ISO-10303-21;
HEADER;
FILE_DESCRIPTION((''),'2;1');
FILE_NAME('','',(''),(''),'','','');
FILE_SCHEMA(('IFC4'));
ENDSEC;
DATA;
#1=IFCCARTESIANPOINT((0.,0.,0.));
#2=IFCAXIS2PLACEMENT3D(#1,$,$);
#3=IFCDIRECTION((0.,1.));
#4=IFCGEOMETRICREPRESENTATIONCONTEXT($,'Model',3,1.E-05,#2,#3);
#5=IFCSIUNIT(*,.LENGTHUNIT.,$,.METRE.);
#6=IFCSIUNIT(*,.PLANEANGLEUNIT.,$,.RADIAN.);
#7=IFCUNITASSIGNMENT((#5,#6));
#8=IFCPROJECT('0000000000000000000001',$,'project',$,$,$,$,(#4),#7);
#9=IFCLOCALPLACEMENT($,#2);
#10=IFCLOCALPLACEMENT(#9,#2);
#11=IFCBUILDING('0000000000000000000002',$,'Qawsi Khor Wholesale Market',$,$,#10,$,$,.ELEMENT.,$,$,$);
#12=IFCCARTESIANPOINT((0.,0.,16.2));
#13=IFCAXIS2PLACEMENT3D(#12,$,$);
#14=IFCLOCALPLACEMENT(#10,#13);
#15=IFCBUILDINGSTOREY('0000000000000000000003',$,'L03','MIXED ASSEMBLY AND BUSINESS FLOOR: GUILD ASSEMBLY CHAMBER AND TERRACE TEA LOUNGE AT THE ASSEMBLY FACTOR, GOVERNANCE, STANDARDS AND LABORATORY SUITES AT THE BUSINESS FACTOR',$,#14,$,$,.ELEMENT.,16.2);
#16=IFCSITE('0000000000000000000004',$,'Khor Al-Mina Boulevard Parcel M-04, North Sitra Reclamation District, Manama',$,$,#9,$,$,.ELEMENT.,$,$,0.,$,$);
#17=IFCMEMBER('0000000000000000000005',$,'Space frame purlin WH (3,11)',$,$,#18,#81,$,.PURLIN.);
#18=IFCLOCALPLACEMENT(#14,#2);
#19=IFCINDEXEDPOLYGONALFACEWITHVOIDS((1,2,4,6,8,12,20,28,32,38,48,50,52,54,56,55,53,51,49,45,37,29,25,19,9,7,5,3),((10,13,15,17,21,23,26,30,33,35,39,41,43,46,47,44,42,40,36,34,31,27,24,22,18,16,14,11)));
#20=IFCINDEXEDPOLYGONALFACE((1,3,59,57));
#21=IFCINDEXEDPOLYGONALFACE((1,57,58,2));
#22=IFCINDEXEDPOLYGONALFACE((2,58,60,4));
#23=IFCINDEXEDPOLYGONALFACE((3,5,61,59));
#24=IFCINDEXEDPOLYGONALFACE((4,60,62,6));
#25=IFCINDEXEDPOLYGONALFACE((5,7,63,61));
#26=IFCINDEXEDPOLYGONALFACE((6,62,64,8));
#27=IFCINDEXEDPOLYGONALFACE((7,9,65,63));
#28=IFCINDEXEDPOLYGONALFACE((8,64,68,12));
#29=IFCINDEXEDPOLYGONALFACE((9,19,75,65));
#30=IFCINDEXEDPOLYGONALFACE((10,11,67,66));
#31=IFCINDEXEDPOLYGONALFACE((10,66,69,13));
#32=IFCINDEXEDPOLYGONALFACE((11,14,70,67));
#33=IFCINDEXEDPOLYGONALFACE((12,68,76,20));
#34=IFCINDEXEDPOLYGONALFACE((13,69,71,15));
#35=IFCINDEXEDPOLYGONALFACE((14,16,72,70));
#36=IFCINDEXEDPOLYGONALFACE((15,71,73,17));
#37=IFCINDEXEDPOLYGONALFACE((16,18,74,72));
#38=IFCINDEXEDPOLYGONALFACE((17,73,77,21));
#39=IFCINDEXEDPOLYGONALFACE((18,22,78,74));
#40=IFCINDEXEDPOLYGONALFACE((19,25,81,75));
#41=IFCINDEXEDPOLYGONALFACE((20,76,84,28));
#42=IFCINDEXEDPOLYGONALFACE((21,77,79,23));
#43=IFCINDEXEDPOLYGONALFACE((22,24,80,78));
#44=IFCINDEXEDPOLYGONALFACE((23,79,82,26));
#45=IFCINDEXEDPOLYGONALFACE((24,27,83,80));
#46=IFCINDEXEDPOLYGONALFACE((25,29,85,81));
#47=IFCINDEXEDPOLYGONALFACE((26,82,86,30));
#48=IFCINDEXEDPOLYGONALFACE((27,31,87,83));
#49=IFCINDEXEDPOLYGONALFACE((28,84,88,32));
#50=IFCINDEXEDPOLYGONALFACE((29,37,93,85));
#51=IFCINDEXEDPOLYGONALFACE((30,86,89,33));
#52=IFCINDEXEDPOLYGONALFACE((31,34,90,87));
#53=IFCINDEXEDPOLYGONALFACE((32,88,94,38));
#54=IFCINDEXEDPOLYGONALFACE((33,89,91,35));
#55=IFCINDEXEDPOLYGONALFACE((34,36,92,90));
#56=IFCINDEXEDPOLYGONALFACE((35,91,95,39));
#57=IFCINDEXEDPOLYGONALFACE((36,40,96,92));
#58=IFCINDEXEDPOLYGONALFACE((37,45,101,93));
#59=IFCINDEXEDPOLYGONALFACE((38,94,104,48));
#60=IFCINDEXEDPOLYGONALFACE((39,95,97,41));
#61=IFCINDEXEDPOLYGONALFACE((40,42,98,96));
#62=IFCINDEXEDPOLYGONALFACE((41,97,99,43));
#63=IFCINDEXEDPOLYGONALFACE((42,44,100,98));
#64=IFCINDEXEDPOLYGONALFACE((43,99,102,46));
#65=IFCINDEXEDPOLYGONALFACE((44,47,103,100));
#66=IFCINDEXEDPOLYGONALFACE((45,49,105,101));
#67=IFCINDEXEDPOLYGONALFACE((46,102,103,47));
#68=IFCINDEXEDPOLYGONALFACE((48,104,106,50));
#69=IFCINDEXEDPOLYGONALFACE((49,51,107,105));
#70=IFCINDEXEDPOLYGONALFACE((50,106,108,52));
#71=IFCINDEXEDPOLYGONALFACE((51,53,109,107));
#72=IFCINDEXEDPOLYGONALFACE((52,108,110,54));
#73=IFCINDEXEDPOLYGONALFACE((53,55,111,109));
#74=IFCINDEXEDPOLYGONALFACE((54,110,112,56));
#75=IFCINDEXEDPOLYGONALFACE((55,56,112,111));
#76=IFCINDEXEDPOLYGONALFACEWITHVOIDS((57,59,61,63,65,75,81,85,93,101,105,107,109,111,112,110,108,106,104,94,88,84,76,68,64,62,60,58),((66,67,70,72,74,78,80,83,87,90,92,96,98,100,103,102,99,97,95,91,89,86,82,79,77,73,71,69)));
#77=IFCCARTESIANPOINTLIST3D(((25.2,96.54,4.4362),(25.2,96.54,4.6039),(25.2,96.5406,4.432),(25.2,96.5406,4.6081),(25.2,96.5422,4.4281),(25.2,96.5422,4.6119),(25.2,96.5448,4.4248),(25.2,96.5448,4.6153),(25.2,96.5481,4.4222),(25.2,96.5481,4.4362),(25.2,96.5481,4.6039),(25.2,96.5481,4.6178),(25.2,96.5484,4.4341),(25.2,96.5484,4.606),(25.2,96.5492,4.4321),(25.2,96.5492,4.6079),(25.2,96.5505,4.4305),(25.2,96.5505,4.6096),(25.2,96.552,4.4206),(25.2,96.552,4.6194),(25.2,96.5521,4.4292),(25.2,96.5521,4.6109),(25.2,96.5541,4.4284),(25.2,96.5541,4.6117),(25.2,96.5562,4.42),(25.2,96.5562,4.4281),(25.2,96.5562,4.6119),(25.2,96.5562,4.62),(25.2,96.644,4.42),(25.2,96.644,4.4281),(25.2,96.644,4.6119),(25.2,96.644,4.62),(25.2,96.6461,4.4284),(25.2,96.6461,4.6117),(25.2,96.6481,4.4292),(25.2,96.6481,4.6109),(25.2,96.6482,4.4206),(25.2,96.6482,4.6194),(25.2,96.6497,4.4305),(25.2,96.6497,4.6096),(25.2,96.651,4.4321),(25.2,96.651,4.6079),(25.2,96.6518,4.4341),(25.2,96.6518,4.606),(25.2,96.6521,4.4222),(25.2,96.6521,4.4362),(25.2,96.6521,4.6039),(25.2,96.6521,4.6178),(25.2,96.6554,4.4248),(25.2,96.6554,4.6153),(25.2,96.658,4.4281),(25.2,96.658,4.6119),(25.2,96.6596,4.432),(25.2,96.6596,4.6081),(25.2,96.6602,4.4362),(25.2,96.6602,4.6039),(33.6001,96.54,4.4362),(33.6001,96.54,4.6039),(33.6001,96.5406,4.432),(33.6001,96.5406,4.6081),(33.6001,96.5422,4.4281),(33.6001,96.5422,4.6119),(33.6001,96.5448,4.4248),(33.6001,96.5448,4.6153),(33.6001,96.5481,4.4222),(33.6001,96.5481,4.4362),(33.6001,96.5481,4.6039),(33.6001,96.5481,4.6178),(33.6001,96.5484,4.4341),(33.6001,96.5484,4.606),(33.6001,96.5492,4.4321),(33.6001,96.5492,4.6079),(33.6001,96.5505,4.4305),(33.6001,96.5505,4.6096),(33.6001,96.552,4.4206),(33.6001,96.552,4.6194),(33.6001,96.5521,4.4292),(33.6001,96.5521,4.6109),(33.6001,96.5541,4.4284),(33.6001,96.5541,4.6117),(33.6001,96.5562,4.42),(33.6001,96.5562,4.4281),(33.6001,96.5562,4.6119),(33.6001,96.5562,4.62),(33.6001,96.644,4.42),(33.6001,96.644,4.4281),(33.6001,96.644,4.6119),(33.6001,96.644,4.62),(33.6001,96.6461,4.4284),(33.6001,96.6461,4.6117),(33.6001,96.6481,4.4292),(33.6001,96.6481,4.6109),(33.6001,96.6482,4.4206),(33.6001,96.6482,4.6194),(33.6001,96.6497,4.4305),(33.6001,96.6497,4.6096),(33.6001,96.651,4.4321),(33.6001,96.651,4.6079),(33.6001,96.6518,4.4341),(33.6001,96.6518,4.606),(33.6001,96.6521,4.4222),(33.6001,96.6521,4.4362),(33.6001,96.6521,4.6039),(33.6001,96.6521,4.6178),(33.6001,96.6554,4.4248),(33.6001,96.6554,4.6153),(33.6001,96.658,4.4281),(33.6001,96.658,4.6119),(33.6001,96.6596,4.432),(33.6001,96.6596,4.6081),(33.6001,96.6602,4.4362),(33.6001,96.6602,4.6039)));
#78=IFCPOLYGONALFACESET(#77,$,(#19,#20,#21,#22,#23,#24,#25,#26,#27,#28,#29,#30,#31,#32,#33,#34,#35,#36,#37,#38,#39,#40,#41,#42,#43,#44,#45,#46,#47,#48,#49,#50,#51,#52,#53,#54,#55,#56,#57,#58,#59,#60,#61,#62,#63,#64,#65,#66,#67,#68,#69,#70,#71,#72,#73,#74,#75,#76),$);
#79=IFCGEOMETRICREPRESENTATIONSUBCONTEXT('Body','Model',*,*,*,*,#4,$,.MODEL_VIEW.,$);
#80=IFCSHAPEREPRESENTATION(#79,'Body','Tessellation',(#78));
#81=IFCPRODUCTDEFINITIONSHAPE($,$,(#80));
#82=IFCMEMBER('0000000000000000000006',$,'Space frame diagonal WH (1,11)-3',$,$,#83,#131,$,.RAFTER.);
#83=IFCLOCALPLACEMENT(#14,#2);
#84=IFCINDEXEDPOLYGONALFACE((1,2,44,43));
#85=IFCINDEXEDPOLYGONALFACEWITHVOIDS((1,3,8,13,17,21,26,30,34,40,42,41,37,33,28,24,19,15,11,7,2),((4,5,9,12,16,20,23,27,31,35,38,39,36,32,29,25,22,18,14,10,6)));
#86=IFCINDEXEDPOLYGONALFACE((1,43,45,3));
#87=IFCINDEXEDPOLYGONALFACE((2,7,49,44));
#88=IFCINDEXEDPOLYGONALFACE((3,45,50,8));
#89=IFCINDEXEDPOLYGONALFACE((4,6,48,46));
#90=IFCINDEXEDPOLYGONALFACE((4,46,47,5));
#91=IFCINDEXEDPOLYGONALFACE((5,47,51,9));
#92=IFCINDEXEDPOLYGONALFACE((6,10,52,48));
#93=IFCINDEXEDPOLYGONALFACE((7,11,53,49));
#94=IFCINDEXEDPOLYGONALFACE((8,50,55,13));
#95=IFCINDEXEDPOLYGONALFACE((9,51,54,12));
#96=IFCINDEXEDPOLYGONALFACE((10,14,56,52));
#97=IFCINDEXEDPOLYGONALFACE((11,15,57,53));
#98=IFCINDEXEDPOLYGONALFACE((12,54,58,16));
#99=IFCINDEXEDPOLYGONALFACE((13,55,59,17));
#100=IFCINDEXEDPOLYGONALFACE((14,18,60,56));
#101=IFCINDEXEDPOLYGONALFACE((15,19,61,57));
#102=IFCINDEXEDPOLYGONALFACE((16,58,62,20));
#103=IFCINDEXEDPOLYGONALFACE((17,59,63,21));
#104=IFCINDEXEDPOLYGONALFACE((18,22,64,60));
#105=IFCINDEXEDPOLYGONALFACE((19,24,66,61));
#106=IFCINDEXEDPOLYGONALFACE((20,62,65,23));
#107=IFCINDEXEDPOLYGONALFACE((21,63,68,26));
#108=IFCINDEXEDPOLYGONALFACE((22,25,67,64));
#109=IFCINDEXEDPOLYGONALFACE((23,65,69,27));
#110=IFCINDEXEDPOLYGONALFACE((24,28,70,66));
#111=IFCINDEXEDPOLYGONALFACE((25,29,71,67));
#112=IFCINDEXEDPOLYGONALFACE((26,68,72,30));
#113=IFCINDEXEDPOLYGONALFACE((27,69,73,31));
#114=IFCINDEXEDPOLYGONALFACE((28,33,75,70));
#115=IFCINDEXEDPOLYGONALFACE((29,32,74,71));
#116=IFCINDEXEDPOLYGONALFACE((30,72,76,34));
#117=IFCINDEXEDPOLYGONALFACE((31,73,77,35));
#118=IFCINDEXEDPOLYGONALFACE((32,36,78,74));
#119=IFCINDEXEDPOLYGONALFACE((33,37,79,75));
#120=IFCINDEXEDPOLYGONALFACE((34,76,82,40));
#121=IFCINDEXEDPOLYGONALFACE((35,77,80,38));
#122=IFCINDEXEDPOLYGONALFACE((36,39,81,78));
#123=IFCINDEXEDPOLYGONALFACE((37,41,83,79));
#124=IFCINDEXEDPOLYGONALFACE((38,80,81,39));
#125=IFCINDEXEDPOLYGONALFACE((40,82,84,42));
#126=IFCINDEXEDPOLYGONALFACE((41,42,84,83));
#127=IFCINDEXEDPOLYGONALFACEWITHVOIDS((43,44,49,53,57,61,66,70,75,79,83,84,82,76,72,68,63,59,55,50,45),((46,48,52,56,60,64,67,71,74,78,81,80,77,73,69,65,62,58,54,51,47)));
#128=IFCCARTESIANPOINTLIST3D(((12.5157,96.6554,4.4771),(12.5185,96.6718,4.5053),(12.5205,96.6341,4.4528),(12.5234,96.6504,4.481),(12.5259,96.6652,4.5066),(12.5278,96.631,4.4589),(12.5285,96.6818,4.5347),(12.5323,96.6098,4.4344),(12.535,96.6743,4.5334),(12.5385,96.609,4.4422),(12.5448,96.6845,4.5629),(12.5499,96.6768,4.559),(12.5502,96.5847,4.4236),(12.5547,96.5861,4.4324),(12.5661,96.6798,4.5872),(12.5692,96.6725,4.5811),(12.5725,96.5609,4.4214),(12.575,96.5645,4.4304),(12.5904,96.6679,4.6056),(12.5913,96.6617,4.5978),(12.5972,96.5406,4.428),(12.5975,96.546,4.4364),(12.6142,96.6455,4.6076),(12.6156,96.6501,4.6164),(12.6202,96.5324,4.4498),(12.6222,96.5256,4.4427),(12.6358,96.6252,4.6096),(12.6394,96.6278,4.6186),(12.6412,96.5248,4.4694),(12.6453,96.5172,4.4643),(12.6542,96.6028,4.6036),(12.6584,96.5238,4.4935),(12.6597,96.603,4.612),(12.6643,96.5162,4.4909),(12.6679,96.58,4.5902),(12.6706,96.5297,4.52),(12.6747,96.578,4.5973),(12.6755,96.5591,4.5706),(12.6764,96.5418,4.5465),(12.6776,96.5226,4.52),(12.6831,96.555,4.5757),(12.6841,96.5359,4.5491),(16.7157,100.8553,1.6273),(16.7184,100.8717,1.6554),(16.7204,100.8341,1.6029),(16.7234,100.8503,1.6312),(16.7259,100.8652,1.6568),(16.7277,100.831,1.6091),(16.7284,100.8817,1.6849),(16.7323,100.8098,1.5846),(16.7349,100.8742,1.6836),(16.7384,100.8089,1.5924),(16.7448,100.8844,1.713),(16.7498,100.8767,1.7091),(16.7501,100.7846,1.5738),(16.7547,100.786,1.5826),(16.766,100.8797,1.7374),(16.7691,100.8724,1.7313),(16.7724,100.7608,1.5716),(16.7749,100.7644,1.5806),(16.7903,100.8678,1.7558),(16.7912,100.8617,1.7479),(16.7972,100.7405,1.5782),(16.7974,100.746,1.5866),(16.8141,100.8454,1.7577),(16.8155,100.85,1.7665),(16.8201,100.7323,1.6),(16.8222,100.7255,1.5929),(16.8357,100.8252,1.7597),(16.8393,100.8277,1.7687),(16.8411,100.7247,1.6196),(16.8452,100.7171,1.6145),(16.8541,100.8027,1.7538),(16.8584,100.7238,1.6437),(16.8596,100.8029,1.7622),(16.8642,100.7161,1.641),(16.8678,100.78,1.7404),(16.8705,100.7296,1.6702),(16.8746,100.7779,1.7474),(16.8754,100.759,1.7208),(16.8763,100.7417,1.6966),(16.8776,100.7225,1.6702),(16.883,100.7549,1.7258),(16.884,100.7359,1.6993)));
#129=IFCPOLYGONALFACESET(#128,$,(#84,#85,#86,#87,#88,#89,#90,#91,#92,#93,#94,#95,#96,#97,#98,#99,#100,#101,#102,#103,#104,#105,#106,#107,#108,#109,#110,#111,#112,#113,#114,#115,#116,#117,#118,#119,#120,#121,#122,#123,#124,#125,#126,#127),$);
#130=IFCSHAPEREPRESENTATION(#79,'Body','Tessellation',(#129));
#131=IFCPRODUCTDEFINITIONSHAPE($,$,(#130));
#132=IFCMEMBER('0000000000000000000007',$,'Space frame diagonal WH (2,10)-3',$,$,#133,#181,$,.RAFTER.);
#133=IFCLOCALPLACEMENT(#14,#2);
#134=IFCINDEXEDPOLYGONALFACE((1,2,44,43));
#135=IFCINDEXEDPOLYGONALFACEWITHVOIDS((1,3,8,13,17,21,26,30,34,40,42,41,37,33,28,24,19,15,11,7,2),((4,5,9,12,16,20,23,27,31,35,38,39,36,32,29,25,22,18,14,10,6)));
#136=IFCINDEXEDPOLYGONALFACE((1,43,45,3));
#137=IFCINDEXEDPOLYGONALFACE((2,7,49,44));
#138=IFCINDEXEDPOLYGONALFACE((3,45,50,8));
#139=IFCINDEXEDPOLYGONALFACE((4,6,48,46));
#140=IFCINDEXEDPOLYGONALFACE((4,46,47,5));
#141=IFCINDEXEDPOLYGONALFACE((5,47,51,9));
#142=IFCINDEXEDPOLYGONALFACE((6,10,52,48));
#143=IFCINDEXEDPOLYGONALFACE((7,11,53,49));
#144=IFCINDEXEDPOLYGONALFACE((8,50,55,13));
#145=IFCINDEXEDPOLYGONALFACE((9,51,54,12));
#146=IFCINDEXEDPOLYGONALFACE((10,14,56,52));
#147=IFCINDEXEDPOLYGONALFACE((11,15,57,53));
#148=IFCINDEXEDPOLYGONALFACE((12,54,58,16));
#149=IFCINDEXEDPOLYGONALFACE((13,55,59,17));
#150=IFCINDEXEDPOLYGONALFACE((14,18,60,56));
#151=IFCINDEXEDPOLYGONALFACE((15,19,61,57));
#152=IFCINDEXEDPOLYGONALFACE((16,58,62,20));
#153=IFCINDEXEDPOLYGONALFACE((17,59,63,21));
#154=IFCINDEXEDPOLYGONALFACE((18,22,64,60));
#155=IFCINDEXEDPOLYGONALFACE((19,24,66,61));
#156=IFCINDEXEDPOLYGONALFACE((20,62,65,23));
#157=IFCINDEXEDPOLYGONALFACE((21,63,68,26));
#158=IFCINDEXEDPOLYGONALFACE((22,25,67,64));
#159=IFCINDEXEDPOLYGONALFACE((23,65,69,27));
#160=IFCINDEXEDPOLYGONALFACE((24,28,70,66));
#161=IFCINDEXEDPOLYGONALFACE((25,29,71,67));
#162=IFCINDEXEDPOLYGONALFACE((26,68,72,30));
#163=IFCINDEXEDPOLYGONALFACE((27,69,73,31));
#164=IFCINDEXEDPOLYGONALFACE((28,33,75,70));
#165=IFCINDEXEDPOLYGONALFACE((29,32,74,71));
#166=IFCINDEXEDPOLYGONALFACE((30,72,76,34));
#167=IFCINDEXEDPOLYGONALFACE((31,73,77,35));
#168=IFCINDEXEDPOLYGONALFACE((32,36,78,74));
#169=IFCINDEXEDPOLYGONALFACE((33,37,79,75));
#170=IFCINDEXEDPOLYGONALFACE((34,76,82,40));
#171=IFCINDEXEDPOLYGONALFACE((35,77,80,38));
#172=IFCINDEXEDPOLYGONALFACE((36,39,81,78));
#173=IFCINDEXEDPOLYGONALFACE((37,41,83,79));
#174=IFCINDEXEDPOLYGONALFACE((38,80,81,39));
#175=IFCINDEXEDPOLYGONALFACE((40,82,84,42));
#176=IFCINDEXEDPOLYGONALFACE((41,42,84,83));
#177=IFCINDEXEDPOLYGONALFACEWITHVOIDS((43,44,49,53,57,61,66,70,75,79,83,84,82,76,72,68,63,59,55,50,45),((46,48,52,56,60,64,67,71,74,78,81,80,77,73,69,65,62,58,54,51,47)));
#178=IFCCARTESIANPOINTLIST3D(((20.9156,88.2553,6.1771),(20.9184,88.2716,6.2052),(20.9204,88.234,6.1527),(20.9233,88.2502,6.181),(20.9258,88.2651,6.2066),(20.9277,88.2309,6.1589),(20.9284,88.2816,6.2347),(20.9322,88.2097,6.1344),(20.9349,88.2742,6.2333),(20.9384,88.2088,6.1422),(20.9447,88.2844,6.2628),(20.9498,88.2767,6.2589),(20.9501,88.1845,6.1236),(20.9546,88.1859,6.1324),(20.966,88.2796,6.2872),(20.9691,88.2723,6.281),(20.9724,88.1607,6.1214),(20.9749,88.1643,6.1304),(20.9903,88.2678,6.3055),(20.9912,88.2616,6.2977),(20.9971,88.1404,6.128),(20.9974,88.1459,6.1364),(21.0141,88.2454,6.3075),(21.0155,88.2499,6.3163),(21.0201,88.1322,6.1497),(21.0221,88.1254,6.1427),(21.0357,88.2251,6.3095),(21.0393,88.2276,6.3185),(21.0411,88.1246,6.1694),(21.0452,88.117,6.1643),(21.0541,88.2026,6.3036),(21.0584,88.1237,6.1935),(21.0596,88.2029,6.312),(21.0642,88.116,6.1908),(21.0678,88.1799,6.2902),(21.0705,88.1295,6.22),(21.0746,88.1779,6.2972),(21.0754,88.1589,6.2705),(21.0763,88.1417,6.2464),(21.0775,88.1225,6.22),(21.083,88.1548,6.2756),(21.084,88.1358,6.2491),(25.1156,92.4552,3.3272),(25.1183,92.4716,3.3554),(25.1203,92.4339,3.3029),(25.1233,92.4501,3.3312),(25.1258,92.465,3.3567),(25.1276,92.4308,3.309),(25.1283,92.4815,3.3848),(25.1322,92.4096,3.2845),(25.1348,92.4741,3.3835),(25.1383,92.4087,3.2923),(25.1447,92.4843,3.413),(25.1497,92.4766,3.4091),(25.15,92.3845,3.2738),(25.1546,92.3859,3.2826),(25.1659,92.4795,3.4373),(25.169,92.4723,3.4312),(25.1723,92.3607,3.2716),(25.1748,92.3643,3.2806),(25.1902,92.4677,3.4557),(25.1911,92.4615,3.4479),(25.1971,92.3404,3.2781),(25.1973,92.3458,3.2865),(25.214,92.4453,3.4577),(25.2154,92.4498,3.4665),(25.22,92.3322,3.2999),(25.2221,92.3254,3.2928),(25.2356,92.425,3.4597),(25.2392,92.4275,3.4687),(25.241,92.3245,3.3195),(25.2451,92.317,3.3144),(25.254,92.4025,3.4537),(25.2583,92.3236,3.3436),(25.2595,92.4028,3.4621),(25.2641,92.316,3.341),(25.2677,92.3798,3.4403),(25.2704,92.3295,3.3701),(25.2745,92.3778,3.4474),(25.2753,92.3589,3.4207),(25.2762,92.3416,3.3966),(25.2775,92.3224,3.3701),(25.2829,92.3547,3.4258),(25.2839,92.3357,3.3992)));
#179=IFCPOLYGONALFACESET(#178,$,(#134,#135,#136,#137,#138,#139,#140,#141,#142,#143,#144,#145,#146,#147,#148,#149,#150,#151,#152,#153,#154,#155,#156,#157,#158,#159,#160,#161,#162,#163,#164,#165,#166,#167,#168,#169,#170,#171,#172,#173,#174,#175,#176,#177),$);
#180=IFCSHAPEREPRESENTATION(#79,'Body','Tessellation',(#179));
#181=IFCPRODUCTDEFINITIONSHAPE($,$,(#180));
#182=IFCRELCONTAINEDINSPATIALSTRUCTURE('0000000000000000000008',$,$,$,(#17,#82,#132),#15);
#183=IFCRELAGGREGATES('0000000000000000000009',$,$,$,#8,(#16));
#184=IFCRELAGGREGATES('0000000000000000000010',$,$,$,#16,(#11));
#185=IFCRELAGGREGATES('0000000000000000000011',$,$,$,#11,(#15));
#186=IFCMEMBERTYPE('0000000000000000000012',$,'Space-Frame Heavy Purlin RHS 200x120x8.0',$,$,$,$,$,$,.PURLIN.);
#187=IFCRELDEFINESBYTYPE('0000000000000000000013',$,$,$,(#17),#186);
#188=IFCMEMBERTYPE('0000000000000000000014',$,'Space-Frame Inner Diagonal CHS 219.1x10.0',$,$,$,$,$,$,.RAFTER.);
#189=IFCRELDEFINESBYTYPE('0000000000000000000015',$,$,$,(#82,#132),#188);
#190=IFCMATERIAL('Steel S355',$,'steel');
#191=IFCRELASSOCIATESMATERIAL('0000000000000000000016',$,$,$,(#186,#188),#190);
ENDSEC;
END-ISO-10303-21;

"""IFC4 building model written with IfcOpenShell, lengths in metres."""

from ifc_helpers import new_model, si_unit, direction, frame, origin, origin_2d, place, context, subcontext, project, spatial, hollow_rectangle, hollow_circle, extrude, material, material_profile, profile_set, type_object, element, save


model = new_model("IFC4")

# Units and contexts
model_context = context("Model", 3, precision=1e-05, world=origin(), true_north=direction((0.0, 1.0)))
body_context = subcontext(model_context, "Body", "Model", "MODEL_VIEW")
ifc_project = project(units=[si_unit("LENGTHUNIT", "METRE"), si_unit("PLANEANGLEUNIT", "RADIAN")], contexts=[model_context])

# Site, building, storey
site_placement = place(None, origin())
site = spatial("IfcSite", under=ifc_project, at=site_placement, Name="Khor Al-Mina Boulevard Parcel M-04, North Sitra Reclamation District, Manama", CompositionType="ELEMENT", RefElevation=0.0)
building_placement = place(site_placement, origin())
building = spatial("IfcBuilding", under=site, at=building_placement, Name="Qawsi Khor Wholesale Market", CompositionType="ELEMENT")
storey_placement = place(building_placement, frame((0.0, 0.0, 16.2)))
storey = spatial("IfcBuildingStorey", under=building, at=storey_placement, Name="L03", Description="MIXED ASSEMBLY AND BUSINESS FLOOR: GUILD ASSEMBLY CHAMBER AND TERRACE TEA LOUNGE AT THE ASSEMBLY FACTOR, GOVERNANCE, STANDARDS AND LABORATORY SUITES AT THE BUSINESS FACTOR", CompositionType="ELEMENT", Elevation=16.2)

# Members
ifc_material_1 = material(Name="Steel S355", Category="steel")
ifc_material_profile_1 = material_profile(ifc_material_1, hollow_rectangle(XDim=0.1201, YDim=0.2, WallThickness=0.0081, InnerFilletRadius=0.0081, OuterFilletRadius=0.0161, at=origin_2d()), Name="RHS 200x120x8.0")
ifc_profile_set_1 = profile_set([ifc_material_profile_1], Name="Steel S355")
member_type_1 = type_object("IfcMemberType", Name="Space-Frame Heavy Purlin RHS 200x120x8.0", PredefinedType="PURLIN", material=ifc_profile_set_1)
for number, where, z_axis, x_axis, name in (
    (1, (25.2, 96.6001, 4.52), (1.0, 0.0, 0.0), (0.0, 1.0, 0.0), "Space frame purlin WH (3,11)"),
):
    element("IfcMember", number, at=place(storey_placement, frame(where, z_axis=z_axis, x_axis=x_axis)), inside=storey, type_object=member_type_1, Name=name, PredefinedType="PURLIN", context=body_context, shape_type="SweptSolid", body=[
        extrude(hollow_rectangle(XDim=0.1201, YDim=0.2, WallThickness=0.0081, InnerFilletRadius=0.0081, OuterFilletRadius=0.0161, at=origin_2d()), origin(), (0.0, 0.0, 1.0), 8.4001),
    ])
ifc_material_profile_2 = material_profile(ifc_material_1, hollow_circle(Radius=0.1096, WallThickness=0.01, at=origin_2d()), Name="CHS 219.1x10.0")
ifc_profile_set_2 = profile_set([ifc_material_profile_2], Name="Steel S355")
member_type_2 = type_object("IfcMemberType", Name="Space-Frame Inner Diagonal CHS 219.1x10.0", PredefinedType="RAFTER", material=ifc_profile_set_2)
for number, where, z_axis, x_axis, name in (
    (2, (16.8, 100.8, 1.6702), (-0.637522, -0.637522, 0.432587), (0.707107, -0.707107, 0.0), "Space frame diagonal WH (1,11)-3"),
    (3, (25.2, 92.3999, 3.3701), (-0.637522, -0.637522, 0.432587), (0.707107, -0.707107, 0.0), "Space frame diagonal WH (2,10)-3"),
):
    element("IfcMember", number, at=place(storey_placement, frame(where, z_axis=z_axis, x_axis=x_axis)), inside=storey, type_object=member_type_2, Name=name, PredefinedType="RAFTER", context=body_context, shape_type="SweptSolid", body=[
        extrude(hollow_circle(Radius=0.1096, WallThickness=0.01, at=origin_2d()), origin(), (0.0, 0.0, 1.0), 6.5879),
    ])

save(model, "model.ifc")
